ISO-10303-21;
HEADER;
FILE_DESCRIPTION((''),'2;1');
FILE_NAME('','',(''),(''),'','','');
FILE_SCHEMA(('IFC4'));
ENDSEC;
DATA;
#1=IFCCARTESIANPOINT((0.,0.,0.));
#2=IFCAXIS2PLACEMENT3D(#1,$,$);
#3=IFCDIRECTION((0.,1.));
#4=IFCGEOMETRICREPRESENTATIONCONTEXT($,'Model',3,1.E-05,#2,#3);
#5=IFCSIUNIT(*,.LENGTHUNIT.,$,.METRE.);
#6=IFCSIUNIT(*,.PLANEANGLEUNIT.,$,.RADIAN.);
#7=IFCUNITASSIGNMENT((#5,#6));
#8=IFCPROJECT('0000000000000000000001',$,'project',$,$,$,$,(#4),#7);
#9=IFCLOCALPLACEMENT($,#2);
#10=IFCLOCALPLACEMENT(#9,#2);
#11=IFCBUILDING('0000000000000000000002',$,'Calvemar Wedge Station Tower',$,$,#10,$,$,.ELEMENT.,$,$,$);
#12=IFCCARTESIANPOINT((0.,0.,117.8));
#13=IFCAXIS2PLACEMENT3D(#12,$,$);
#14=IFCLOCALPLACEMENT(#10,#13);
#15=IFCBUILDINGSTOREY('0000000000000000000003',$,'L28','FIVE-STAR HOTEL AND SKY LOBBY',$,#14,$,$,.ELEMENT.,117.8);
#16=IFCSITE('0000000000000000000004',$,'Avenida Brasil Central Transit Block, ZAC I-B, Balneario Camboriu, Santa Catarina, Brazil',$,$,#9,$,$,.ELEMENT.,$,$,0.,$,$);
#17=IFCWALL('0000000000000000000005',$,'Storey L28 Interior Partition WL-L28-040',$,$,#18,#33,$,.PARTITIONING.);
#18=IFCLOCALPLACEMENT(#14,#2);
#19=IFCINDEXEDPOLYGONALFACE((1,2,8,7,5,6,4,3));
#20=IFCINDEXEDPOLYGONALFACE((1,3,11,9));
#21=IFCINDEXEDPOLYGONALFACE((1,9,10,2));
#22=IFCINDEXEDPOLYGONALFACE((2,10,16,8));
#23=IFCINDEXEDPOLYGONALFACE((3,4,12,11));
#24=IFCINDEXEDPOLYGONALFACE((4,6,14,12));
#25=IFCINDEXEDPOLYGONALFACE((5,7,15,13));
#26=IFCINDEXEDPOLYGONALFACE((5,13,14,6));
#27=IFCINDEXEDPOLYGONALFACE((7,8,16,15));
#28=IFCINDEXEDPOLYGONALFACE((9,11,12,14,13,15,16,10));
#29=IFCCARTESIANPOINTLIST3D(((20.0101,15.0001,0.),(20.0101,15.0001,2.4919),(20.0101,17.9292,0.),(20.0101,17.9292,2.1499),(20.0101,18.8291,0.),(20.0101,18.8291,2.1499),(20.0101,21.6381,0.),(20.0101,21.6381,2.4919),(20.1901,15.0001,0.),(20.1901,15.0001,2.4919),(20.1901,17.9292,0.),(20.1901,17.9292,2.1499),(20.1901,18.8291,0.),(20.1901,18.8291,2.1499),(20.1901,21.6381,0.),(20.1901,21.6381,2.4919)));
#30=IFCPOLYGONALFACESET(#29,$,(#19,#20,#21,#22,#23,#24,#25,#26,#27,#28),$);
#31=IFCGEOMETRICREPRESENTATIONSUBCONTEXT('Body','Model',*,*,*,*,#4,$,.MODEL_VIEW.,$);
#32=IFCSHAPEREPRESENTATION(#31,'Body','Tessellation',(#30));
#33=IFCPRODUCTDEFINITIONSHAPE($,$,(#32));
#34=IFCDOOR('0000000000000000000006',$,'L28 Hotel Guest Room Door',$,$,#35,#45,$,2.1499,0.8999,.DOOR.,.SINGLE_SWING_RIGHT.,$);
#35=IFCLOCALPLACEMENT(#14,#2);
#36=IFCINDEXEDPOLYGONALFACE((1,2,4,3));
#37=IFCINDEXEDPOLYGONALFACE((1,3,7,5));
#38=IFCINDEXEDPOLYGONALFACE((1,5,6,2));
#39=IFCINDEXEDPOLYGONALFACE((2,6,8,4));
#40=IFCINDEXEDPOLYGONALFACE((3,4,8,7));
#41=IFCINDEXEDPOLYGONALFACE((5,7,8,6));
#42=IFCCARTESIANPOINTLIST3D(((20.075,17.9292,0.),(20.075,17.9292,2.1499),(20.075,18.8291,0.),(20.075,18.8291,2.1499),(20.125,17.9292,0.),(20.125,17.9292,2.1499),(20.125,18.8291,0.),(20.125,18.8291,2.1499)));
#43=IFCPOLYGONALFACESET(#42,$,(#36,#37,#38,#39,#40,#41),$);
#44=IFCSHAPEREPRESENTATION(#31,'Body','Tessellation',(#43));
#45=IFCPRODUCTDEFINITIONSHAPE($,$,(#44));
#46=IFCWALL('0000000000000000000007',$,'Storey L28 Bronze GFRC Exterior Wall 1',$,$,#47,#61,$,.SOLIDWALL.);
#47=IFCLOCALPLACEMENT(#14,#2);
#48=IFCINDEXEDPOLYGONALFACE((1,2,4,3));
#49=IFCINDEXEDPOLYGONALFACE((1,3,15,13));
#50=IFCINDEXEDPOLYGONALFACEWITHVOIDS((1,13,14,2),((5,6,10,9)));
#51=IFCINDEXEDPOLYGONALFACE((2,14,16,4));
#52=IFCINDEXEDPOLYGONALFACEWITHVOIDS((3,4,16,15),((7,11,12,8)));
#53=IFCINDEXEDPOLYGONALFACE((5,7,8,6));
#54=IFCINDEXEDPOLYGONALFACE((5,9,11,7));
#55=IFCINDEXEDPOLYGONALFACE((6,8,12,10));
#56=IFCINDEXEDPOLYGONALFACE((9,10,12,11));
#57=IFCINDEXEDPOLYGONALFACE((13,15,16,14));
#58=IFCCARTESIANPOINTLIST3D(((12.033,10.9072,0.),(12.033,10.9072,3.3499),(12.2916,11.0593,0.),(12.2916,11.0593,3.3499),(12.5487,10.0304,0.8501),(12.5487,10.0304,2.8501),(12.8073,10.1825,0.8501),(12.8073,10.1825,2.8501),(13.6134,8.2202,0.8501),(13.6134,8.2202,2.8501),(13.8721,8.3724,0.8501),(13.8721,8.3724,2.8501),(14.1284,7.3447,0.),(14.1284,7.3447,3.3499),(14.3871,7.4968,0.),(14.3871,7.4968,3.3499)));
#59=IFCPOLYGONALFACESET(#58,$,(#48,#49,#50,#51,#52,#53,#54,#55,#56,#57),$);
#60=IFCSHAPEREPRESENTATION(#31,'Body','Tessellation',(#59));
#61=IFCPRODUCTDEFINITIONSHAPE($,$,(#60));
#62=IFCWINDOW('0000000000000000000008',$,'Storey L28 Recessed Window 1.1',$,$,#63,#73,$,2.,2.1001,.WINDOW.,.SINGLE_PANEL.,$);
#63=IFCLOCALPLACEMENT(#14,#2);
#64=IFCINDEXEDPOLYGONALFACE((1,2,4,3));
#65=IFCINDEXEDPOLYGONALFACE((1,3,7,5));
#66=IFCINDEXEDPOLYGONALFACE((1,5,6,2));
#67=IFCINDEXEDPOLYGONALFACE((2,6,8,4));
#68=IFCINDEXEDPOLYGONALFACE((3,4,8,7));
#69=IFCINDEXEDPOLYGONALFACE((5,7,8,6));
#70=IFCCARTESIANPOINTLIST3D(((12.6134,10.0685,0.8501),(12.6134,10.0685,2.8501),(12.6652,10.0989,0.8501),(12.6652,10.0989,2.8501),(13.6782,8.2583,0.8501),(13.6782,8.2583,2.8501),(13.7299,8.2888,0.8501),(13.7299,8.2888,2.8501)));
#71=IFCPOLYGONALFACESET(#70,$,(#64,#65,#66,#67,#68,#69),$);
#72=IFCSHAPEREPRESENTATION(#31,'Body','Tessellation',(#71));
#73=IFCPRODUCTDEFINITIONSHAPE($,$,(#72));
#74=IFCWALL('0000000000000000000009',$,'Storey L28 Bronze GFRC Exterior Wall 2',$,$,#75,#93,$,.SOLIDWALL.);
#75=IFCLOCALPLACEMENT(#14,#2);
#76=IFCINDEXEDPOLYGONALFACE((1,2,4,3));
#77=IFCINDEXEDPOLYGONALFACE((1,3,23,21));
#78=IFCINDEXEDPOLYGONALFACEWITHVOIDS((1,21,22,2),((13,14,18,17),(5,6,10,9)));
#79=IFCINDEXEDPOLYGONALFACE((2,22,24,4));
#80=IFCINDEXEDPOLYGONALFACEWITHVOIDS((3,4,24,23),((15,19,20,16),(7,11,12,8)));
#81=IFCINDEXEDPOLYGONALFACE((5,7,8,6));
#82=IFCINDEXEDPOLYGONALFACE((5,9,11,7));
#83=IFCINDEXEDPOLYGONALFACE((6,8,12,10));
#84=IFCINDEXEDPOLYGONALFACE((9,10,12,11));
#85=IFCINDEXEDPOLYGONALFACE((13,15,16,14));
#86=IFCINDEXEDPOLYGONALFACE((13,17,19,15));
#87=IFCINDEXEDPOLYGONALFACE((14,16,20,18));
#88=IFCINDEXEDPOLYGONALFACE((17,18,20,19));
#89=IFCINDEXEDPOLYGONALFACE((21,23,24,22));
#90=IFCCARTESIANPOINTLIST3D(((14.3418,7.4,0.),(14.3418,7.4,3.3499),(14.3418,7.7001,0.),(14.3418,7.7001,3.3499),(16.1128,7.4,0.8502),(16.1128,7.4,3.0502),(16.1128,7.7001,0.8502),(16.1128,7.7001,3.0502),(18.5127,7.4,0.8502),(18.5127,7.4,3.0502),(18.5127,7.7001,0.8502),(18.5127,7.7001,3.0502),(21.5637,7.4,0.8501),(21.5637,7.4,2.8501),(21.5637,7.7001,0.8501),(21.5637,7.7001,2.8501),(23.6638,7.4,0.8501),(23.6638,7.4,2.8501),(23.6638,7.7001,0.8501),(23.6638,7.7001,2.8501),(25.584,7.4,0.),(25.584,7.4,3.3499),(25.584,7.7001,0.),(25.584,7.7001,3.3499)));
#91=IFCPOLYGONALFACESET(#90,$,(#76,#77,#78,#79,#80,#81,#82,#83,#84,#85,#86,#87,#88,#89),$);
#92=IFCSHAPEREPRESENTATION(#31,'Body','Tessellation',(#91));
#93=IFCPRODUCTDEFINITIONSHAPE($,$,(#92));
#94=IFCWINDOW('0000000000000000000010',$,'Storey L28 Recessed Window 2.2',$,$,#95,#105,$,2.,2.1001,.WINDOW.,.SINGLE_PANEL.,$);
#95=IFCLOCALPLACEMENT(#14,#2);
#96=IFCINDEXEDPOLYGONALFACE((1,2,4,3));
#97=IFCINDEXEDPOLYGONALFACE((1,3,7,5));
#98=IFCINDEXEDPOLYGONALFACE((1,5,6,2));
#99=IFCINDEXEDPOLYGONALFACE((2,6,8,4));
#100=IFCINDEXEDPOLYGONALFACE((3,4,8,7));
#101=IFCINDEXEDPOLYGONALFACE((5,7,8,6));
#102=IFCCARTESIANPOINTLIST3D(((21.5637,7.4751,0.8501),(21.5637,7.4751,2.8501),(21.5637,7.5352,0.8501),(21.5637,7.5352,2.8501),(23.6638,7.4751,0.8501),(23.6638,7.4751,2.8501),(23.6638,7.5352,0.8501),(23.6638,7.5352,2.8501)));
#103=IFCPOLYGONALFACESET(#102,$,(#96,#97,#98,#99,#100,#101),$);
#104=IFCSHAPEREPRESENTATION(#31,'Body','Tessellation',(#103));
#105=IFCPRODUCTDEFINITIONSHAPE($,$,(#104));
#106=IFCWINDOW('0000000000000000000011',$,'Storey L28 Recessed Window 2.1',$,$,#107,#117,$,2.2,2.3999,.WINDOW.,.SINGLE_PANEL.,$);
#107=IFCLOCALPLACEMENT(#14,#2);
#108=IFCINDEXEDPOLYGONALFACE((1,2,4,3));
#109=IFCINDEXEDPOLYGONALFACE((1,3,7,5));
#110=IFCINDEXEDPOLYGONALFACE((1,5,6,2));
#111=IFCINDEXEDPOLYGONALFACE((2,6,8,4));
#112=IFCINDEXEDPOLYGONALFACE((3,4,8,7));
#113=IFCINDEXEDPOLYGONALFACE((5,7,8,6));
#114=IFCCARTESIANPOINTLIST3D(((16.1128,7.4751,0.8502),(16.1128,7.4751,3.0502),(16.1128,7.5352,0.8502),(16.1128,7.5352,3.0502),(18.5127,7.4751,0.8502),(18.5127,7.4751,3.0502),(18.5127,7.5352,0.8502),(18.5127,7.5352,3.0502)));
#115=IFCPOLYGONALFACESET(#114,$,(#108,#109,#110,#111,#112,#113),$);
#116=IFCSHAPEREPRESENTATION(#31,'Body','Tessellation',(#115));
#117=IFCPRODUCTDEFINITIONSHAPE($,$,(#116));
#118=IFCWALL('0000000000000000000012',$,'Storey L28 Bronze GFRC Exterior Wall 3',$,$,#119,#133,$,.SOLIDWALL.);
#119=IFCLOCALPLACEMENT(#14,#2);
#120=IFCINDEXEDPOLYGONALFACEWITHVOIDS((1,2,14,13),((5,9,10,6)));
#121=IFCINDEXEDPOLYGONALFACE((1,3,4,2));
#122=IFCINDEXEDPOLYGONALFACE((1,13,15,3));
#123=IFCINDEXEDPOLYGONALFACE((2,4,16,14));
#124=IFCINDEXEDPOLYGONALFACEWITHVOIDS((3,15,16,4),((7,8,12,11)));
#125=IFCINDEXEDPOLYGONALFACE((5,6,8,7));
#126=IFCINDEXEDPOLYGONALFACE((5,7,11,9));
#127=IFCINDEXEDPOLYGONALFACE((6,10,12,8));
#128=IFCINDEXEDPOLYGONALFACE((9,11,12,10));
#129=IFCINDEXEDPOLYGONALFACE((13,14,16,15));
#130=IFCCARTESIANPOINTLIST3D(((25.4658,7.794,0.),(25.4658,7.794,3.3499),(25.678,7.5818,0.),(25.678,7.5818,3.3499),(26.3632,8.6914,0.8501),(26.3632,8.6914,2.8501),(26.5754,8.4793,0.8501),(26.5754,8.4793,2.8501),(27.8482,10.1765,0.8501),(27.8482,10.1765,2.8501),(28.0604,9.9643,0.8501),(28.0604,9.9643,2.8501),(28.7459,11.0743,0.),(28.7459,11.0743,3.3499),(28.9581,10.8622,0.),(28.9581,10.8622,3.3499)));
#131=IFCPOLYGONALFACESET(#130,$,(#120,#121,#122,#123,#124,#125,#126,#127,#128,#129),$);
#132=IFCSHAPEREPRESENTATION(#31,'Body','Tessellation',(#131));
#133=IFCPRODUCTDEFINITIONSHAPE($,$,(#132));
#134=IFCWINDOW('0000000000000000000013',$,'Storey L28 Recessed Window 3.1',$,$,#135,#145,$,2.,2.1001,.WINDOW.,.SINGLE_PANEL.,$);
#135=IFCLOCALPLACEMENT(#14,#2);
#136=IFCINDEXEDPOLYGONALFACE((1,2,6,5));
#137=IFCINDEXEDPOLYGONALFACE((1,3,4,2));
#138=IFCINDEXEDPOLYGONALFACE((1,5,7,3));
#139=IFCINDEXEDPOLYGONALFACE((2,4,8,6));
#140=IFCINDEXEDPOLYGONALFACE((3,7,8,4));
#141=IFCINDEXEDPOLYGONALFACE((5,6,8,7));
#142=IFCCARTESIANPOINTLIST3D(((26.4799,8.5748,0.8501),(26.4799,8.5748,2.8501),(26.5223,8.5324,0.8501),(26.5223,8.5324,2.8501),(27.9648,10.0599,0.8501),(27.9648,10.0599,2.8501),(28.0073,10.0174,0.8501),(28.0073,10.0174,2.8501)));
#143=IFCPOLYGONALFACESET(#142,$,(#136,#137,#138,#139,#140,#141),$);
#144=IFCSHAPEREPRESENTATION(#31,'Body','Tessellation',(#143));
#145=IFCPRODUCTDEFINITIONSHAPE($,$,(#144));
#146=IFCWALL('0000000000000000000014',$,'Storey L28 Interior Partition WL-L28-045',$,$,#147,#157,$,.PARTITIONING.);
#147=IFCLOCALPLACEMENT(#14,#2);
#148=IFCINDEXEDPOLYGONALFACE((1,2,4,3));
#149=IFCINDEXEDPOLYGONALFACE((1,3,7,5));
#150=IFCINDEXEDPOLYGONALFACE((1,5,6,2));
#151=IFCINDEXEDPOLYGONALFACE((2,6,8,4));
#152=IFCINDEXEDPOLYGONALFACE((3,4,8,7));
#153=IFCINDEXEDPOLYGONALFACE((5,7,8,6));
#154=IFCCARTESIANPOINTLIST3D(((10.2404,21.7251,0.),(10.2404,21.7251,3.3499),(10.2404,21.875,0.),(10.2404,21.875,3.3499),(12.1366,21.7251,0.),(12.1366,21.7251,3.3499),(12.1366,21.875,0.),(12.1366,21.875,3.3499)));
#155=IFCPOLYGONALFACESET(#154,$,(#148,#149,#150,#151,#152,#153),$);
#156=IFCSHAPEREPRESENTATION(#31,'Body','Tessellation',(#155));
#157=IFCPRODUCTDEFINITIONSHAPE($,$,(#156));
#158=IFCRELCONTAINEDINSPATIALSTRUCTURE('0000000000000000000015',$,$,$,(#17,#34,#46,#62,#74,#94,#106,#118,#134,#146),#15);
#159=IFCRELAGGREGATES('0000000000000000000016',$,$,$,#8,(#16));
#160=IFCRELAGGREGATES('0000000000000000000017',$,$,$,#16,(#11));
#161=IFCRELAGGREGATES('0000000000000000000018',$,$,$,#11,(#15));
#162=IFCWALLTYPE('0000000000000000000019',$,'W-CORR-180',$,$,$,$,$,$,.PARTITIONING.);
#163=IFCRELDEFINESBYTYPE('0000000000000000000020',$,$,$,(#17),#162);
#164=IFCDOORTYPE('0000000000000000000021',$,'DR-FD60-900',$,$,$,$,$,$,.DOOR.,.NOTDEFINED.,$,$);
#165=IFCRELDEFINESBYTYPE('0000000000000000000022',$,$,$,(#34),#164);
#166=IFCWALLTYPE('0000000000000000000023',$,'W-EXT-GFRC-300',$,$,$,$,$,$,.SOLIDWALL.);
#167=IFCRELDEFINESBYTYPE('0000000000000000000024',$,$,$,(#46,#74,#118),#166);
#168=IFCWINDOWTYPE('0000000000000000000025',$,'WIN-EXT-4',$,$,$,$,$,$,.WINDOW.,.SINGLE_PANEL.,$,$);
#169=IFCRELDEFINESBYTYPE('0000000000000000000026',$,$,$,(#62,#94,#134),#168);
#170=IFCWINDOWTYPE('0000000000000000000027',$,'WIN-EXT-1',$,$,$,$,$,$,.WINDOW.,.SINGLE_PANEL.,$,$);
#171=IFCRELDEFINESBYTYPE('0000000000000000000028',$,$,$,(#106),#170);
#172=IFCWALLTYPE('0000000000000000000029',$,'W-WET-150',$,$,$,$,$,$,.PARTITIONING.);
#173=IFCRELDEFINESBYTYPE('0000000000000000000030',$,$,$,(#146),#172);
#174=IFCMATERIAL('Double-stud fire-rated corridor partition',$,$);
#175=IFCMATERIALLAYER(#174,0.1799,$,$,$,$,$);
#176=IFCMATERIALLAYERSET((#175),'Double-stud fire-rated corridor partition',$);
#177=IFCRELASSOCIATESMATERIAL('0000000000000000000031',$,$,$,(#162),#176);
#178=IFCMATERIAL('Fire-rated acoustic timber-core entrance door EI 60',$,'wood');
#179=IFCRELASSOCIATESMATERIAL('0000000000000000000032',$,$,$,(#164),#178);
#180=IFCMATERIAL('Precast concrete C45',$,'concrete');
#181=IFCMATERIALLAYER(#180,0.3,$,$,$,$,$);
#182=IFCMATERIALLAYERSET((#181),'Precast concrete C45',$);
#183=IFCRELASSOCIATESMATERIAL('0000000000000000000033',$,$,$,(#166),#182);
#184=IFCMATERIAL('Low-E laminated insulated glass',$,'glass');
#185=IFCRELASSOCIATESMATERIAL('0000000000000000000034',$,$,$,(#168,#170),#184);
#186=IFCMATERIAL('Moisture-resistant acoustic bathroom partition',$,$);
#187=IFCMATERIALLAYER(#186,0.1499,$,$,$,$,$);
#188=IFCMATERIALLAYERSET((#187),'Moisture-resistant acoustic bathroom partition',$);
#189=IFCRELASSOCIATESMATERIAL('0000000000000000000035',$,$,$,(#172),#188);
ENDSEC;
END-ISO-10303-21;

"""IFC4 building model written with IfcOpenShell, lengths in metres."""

from ifc_helpers import new_model, si_unit, direction, frame, frame_2d, origin, place, context, subcontext, project, spatial, rectangle, extrude, source, transform, mapped, material, layer, layer_set, type_object, element, fill, save


model = new_model("IFC4")

# Units and contexts
model_context = context("Model", 3, precision=1e-05, world=origin(), true_north=direction((0.0, 1.0)))
body_context = subcontext(model_context, "Body", "Model", "MODEL_VIEW")
ifc_project = project(units=[si_unit("LENGTHUNIT", "METRE"), si_unit("PLANEANGLEUNIT", "RADIAN")], contexts=[model_context])

# Site, building, storey
site_placement = place(None, origin())
site = spatial("IfcSite", under=ifc_project, at=site_placement, Name="Avenida Brasil Central Transit Block, ZAC I-B, Balneario Camboriu, Santa Catarina, Brazil", CompositionType="ELEMENT", RefElevation=0.0)
building_placement = place(site_placement, origin())
building = spatial("IfcBuilding", under=site, at=building_placement, Name="Calvemar Wedge Station Tower", CompositionType="ELEMENT")
storey_placement = place(building_placement, frame((0.0, 0.0, 117.8)))
storey = spatial("IfcBuildingStorey", under=building, at=storey_placement, Name="L28", Description="FIVE-STAR HOTEL AND SKY LOBBY", CompositionType="ELEMENT", Elevation=117.8)

# Shared definitions
ifc_material_1 = material(Name="Precast concrete C45", Category="concrete")

# Wall, opening, door
ifc_material_2 = material(Name="Double-stud fire-rated corridor partition")
ifc_layer_1 = layer(ifc_material_2, 0.1799)
ifc_layer_set_1 = layer_set([ifc_layer_1], Name="Double-stud fire-rated corridor partition")
wall_type_1 = type_object("IfcWallType", Name="W-CORR-180", PredefinedType="PARTITIONING", material=ifc_layer_set_1)
shared_shape_1 = source(origin(), body_context, "Body", "SweptSolid", [
    extrude(rectangle(XDim=0.8999, YDim=2.1499, at=frame_2d((0.45, 1.075))), frame((0.0, 0.1001, 0.0), z_axis=(0.0, -1.0, 0.0), x_axis=(1.0, 0.0, 0.0)), (0.0, 0.0, 1.0), 0.2),
])
ifc_material_3 = material(Name="Fire-rated acoustic timber-core entrance door EI 60", Category="wood")
door_type_1 = type_object("IfcDoorType", Name="DR-FD60-900", OperationType="NOTDEFINED", PredefinedType="DOOR", material=ifc_material_3)
shared_shape_2 = source(origin(), body_context, "Body", "SweptSolid", [
    extrude(rectangle(XDim=0.8999, YDim=2.1499, at=frame_2d((0.45, 1.075))), frame((0.0, 0.0249, 0.0), z_axis=(0.0, -1.0, 0.0), x_axis=(1.0, 0.0, 0.0)), (0.0, 0.0, 1.0), 0.05),
])
wall_1_placement = place(storey_placement, frame((20.1001, 21.6379, 0.0), z_axis=(0.0, 0.0, 1.0), x_axis=(0.0, -1.0, 0.0)))
wall_1 = element("IfcWall", 1, at=wall_1_placement, inside=storey, type_object=wall_type_1, Name="Storey L28 Interior Partition WL-L28-040", PredefinedType="PARTITIONING", context=body_context, shape_type="SweptSolid", body=[
    extrude(rectangle(XDim=6.6379, YDim=0.1799, at=frame_2d((3.3188, 0.0))), origin(), (0.0, 0.0, 1.0), 2.4919),
])
opening_1_placement = place(wall_1_placement, frame((2.8088, 0.0, 0.0)))
opening_1 = element("IfcOpeningElement", 2, at=opening_1_placement, cuts=wall_1, PredefinedType="OPENING", context=body_context, shape_type="MappedRepresentation", body=[
    mapped(shared_shape_1, transform((0.0, 0.0, 0.0), scale=1.0)),
])
door_1_placement = place(opening_1_placement, origin())
door_1 = element("IfcDoor", 3, at=door_1_placement, inside=storey, type_object=door_type_1, Name="L28 Hotel Guest Room Door", OperationType="SINGLE_SWING_RIGHT", OverallHeight=2.1499, OverallWidth=0.8999, PredefinedType="DOOR", context=body_context, shape_type="MappedRepresentation", body=[
    mapped(shared_shape_2, transform((0.0, 0.0, 0.0), scale=1.0)),
])
fill(opening_1, door_1)

# Wall, opening, window
ifc_layer_2 = layer(ifc_material_1, 0.3)
ifc_layer_set_2 = layer_set([ifc_layer_2], Name="Precast concrete C45")
wall_type_2 = type_object("IfcWallType", Name="W-EXT-GFRC-300", PredefinedType="SOLIDWALL", material=ifc_layer_set_2)
wall_2_placement = place(storey_placement, frame((12.1624, 10.9832, 0.0), z_axis=(0.0, 0.0, 1.0), x_axis=(0.506997, -0.861948, 0.0)))
wall_2 = element("IfcWall", 4, at=wall_2_placement, inside=storey, type_object=wall_type_2, Name="Storey L28 Bronze GFRC Exterior Wall 1", PredefinedType="SOLIDWALL", context=body_context, shape_type="SweptSolid", body=[
    extrude(rectangle(XDim=4.1331, YDim=0.3, at=frame_2d((2.0664, 0.0))), origin(), (0.0, 0.0, 1.0), 3.3499),
])
shared_shape_3 = source(origin(), body_context, "Body", "SweptSolid", [
    extrude(rectangle(XDim=2.1001, YDim=2.0, at=frame_2d((1.05, 1.0))), frame((0.0, 0.1602, 0.0), z_axis=(0.0, -1.0, 0.0), x_axis=(1.0, 0.0, 0.0)), (0.0, 0.0, 1.0), 0.3201),
])
opening_2_placement = place(wall_2_placement, frame((1.0171, 0.0, 0.8501)))
opening_2 = element("IfcOpeningElement", 5, at=opening_2_placement, cuts=wall_2, PredefinedType="OPENING", context=body_context, shape_type="MappedRepresentation", body=[
    mapped(shared_shape_3, transform((0.0, 0.0, 0.0), scale=1.0)),
])
ifc_material_4 = material(Name="Low-E laminated insulated glass", Category="glass")
window_type_1 = type_object("IfcWindowType", Name="WIN-EXT-4", PartitioningType="SINGLE_PANEL", PredefinedType="WINDOW", material=ifc_material_4)
shared_shape_4 = source(origin(), body_context, "Body", "SweptSolid", [
    extrude(rectangle(XDim=2.1001, YDim=2.0, at=frame_2d((1.05, 1.0))), frame((0.0, -0.0149, 0.0), z_axis=(0.0, -1.0, 0.0), x_axis=(1.0, 0.0, 0.0)), (0.0, 0.0, 1.0), 0.0601),
])
window_1_placement = place(opening_2_placement, origin())
window_1 = element("IfcWindow", 6, at=window_1_placement, inside=storey, type_object=window_type_1, Name="Storey L28 Recessed Window 1.1", OverallHeight=2.0, OverallWidth=2.1001, PartitioningType="SINGLE_PANEL", PredefinedType="WINDOW", context=body_context, shape_type="MappedRepresentation", body=[
    mapped(shared_shape_4, transform((0.0, 0.0, 0.0), scale=1.0)),
])
fill(opening_2, window_1)

# Wall, openings, windows
wall_3_placement = place(storey_placement, frame((14.3418, 7.55, 0.0), z_axis=(0.0, 0.0, 1.0), x_axis=(1.0, 0.0, 0.0)))
wall_3 = element("IfcWall", 7, at=wall_3_placement, inside=storey, type_object=wall_type_2, Name="Storey L28 Bronze GFRC Exterior Wall 2", PredefinedType="SOLIDWALL", context=body_context, shape_type="SweptSolid", body=[
    extrude(rectangle(XDim=11.2422, YDim=0.3, at=frame_2d((5.6211, 0.0))), origin(), (0.0, 0.0, 1.0), 3.3499),
])
shared_shape_5 = source(origin(), body_context, "Body", "SweptSolid", [
    extrude(rectangle(XDim=2.3999, YDim=2.2, at=frame_2d((1.2, 1.1001))), frame((0.0, 0.1602, 0.0), z_axis=(0.0, -1.0, 0.0), x_axis=(1.0, 0.0, 0.0)), (0.0, 0.0, 1.0), 0.3201),
])
opening_3_placement = place(wall_3_placement, frame((1.771, 0.0, 0.8501)))
opening_3 = element("IfcOpeningElement", 8, at=opening_3_placement, cuts=wall_3, PredefinedType="OPENING", context=body_context, shape_type="MappedRepresentation", body=[
    mapped(shared_shape_5, transform((0.0, 0.0, 0.0), scale=1.0)),
])
opening_4_placement = place(wall_3_placement, frame((7.2219, 0.0, 0.8501)))
opening_4 = element("IfcOpeningElement", 9, at=opening_4_placement, cuts=wall_3, PredefinedType="OPENING", context=body_context, shape_type="MappedRepresentation", body=[
    mapped(shared_shape_3, transform((0.0, 0.0, 0.0), scale=1.0)),
])
window_2_placement = place(opening_4_placement, origin())
window_2 = element("IfcWindow", 10, at=window_2_placement, inside=storey, type_object=window_type_1, Name="Storey L28 Recessed Window 2.2", OverallHeight=2.0, OverallWidth=2.1001, PartitioningType="SINGLE_PANEL", PredefinedType="WINDOW", context=body_context, shape_type="MappedRepresentation", body=[
    mapped(shared_shape_4, transform((0.0, 0.0, 0.0), scale=1.0)),
])
fill(opening_4, window_2)
window_type_2 = type_object("IfcWindowType", Name="WIN-EXT-1", PartitioningType="SINGLE_PANEL", PredefinedType="WINDOW", material=ifc_material_4)
shared_shape_6 = source(origin(), body_context, "Body", "SweptSolid", [
    extrude(rectangle(XDim=2.3999, YDim=2.2, at=frame_2d((1.2, 1.1001))), frame((0.0, -0.0149, 0.0), z_axis=(0.0, -1.0, 0.0), x_axis=(1.0, 0.0, 0.0)), (0.0, 0.0, 1.0), 0.0601),
])
window_3_placement = place(opening_3_placement, origin())
window_3 = element("IfcWindow", 11, at=window_3_placement, inside=storey, type_object=window_type_2, Name="Storey L28 Recessed Window 2.1", OverallHeight=2.2, OverallWidth=2.3999, PartitioningType="SINGLE_PANEL", PredefinedType="WINDOW", context=body_context, shape_type="MappedRepresentation", body=[
    mapped(shared_shape_6, transform((0.0, 0.0, 0.0), scale=1.0)),
])
fill(opening_3, window_3)

# Wall, opening, window
wall_4_placement = place(storey_placement, frame((25.572, 7.688, 0.0), z_axis=(0.0, 0.0, 1.0), x_axis=(0.70708, 0.707133, 0.0)))
wall_4 = element("IfcWall", 12, at=wall_4_placement, inside=storey, type_object=wall_type_2, Name="Storey L28 Bronze GFRC Exterior Wall 3", PredefinedType="SOLIDWALL", context=body_context, shape_type="SweptSolid", body=[
    extrude(rectangle(XDim=4.6389, YDim=0.3, at=frame_2d((2.3193, 0.0))), origin(), (0.0, 0.0, 1.0), 3.3499),
])
opening_5_placement = place(wall_4_placement, frame((1.269, 0.0, 0.8501)))
opening_5 = element("IfcOpeningElement", 13, at=opening_5_placement, cuts=wall_4, PredefinedType="OPENING", context=body_context, shape_type="MappedRepresentation", body=[
    mapped(shared_shape_3, transform((0.0, 0.0, 0.0), scale=1.0)),
])
window_4_placement = place(opening_5_placement, origin())
window_4 = element("IfcWindow", 14, at=window_4_placement, inside=storey, type_object=window_type_1, Name="Storey L28 Recessed Window 3.1", OverallHeight=2.0, OverallWidth=2.1001, PartitioningType="SINGLE_PANEL", PredefinedType="WINDOW", context=body_context, shape_type="MappedRepresentation", body=[
    mapped(shared_shape_4, transform((0.0, 0.0, 0.0), scale=1.0)),
])
fill(opening_5, window_4)

# Wall
ifc_material_5 = material(Name="Moisture-resistant acoustic bathroom partition")
ifc_layer_3 = layer(ifc_material_5, 0.1499)
ifc_layer_set_3 = layer_set([ifc_layer_3], Name="Moisture-resistant acoustic bathroom partition")
wall_type_3 = type_object("IfcWallType", Name="W-WET-150", PredefinedType="PARTITIONING", material=ifc_layer_set_3)
wall_5_placement = place(storey_placement, frame((12.1367, 21.8, 0.0), z_axis=(0.0, 0.0, 1.0), x_axis=(-1.0, 0.0, 0.0)))
element("IfcWall", 15, at=wall_5_placement, inside=storey, type_object=wall_type_3, Name="Storey L28 Interior Partition WL-L28-045", PredefinedType="PARTITIONING", context=body_context, shape_type="SweptSolid", body=[
    extrude(rectangle(XDim=1.8962, YDim=0.1499, at=frame_2d((0.9482, 0.0))), origin(), (0.0, 0.0, 1.0), 3.3499),
])

save(model, "model.ifc")
